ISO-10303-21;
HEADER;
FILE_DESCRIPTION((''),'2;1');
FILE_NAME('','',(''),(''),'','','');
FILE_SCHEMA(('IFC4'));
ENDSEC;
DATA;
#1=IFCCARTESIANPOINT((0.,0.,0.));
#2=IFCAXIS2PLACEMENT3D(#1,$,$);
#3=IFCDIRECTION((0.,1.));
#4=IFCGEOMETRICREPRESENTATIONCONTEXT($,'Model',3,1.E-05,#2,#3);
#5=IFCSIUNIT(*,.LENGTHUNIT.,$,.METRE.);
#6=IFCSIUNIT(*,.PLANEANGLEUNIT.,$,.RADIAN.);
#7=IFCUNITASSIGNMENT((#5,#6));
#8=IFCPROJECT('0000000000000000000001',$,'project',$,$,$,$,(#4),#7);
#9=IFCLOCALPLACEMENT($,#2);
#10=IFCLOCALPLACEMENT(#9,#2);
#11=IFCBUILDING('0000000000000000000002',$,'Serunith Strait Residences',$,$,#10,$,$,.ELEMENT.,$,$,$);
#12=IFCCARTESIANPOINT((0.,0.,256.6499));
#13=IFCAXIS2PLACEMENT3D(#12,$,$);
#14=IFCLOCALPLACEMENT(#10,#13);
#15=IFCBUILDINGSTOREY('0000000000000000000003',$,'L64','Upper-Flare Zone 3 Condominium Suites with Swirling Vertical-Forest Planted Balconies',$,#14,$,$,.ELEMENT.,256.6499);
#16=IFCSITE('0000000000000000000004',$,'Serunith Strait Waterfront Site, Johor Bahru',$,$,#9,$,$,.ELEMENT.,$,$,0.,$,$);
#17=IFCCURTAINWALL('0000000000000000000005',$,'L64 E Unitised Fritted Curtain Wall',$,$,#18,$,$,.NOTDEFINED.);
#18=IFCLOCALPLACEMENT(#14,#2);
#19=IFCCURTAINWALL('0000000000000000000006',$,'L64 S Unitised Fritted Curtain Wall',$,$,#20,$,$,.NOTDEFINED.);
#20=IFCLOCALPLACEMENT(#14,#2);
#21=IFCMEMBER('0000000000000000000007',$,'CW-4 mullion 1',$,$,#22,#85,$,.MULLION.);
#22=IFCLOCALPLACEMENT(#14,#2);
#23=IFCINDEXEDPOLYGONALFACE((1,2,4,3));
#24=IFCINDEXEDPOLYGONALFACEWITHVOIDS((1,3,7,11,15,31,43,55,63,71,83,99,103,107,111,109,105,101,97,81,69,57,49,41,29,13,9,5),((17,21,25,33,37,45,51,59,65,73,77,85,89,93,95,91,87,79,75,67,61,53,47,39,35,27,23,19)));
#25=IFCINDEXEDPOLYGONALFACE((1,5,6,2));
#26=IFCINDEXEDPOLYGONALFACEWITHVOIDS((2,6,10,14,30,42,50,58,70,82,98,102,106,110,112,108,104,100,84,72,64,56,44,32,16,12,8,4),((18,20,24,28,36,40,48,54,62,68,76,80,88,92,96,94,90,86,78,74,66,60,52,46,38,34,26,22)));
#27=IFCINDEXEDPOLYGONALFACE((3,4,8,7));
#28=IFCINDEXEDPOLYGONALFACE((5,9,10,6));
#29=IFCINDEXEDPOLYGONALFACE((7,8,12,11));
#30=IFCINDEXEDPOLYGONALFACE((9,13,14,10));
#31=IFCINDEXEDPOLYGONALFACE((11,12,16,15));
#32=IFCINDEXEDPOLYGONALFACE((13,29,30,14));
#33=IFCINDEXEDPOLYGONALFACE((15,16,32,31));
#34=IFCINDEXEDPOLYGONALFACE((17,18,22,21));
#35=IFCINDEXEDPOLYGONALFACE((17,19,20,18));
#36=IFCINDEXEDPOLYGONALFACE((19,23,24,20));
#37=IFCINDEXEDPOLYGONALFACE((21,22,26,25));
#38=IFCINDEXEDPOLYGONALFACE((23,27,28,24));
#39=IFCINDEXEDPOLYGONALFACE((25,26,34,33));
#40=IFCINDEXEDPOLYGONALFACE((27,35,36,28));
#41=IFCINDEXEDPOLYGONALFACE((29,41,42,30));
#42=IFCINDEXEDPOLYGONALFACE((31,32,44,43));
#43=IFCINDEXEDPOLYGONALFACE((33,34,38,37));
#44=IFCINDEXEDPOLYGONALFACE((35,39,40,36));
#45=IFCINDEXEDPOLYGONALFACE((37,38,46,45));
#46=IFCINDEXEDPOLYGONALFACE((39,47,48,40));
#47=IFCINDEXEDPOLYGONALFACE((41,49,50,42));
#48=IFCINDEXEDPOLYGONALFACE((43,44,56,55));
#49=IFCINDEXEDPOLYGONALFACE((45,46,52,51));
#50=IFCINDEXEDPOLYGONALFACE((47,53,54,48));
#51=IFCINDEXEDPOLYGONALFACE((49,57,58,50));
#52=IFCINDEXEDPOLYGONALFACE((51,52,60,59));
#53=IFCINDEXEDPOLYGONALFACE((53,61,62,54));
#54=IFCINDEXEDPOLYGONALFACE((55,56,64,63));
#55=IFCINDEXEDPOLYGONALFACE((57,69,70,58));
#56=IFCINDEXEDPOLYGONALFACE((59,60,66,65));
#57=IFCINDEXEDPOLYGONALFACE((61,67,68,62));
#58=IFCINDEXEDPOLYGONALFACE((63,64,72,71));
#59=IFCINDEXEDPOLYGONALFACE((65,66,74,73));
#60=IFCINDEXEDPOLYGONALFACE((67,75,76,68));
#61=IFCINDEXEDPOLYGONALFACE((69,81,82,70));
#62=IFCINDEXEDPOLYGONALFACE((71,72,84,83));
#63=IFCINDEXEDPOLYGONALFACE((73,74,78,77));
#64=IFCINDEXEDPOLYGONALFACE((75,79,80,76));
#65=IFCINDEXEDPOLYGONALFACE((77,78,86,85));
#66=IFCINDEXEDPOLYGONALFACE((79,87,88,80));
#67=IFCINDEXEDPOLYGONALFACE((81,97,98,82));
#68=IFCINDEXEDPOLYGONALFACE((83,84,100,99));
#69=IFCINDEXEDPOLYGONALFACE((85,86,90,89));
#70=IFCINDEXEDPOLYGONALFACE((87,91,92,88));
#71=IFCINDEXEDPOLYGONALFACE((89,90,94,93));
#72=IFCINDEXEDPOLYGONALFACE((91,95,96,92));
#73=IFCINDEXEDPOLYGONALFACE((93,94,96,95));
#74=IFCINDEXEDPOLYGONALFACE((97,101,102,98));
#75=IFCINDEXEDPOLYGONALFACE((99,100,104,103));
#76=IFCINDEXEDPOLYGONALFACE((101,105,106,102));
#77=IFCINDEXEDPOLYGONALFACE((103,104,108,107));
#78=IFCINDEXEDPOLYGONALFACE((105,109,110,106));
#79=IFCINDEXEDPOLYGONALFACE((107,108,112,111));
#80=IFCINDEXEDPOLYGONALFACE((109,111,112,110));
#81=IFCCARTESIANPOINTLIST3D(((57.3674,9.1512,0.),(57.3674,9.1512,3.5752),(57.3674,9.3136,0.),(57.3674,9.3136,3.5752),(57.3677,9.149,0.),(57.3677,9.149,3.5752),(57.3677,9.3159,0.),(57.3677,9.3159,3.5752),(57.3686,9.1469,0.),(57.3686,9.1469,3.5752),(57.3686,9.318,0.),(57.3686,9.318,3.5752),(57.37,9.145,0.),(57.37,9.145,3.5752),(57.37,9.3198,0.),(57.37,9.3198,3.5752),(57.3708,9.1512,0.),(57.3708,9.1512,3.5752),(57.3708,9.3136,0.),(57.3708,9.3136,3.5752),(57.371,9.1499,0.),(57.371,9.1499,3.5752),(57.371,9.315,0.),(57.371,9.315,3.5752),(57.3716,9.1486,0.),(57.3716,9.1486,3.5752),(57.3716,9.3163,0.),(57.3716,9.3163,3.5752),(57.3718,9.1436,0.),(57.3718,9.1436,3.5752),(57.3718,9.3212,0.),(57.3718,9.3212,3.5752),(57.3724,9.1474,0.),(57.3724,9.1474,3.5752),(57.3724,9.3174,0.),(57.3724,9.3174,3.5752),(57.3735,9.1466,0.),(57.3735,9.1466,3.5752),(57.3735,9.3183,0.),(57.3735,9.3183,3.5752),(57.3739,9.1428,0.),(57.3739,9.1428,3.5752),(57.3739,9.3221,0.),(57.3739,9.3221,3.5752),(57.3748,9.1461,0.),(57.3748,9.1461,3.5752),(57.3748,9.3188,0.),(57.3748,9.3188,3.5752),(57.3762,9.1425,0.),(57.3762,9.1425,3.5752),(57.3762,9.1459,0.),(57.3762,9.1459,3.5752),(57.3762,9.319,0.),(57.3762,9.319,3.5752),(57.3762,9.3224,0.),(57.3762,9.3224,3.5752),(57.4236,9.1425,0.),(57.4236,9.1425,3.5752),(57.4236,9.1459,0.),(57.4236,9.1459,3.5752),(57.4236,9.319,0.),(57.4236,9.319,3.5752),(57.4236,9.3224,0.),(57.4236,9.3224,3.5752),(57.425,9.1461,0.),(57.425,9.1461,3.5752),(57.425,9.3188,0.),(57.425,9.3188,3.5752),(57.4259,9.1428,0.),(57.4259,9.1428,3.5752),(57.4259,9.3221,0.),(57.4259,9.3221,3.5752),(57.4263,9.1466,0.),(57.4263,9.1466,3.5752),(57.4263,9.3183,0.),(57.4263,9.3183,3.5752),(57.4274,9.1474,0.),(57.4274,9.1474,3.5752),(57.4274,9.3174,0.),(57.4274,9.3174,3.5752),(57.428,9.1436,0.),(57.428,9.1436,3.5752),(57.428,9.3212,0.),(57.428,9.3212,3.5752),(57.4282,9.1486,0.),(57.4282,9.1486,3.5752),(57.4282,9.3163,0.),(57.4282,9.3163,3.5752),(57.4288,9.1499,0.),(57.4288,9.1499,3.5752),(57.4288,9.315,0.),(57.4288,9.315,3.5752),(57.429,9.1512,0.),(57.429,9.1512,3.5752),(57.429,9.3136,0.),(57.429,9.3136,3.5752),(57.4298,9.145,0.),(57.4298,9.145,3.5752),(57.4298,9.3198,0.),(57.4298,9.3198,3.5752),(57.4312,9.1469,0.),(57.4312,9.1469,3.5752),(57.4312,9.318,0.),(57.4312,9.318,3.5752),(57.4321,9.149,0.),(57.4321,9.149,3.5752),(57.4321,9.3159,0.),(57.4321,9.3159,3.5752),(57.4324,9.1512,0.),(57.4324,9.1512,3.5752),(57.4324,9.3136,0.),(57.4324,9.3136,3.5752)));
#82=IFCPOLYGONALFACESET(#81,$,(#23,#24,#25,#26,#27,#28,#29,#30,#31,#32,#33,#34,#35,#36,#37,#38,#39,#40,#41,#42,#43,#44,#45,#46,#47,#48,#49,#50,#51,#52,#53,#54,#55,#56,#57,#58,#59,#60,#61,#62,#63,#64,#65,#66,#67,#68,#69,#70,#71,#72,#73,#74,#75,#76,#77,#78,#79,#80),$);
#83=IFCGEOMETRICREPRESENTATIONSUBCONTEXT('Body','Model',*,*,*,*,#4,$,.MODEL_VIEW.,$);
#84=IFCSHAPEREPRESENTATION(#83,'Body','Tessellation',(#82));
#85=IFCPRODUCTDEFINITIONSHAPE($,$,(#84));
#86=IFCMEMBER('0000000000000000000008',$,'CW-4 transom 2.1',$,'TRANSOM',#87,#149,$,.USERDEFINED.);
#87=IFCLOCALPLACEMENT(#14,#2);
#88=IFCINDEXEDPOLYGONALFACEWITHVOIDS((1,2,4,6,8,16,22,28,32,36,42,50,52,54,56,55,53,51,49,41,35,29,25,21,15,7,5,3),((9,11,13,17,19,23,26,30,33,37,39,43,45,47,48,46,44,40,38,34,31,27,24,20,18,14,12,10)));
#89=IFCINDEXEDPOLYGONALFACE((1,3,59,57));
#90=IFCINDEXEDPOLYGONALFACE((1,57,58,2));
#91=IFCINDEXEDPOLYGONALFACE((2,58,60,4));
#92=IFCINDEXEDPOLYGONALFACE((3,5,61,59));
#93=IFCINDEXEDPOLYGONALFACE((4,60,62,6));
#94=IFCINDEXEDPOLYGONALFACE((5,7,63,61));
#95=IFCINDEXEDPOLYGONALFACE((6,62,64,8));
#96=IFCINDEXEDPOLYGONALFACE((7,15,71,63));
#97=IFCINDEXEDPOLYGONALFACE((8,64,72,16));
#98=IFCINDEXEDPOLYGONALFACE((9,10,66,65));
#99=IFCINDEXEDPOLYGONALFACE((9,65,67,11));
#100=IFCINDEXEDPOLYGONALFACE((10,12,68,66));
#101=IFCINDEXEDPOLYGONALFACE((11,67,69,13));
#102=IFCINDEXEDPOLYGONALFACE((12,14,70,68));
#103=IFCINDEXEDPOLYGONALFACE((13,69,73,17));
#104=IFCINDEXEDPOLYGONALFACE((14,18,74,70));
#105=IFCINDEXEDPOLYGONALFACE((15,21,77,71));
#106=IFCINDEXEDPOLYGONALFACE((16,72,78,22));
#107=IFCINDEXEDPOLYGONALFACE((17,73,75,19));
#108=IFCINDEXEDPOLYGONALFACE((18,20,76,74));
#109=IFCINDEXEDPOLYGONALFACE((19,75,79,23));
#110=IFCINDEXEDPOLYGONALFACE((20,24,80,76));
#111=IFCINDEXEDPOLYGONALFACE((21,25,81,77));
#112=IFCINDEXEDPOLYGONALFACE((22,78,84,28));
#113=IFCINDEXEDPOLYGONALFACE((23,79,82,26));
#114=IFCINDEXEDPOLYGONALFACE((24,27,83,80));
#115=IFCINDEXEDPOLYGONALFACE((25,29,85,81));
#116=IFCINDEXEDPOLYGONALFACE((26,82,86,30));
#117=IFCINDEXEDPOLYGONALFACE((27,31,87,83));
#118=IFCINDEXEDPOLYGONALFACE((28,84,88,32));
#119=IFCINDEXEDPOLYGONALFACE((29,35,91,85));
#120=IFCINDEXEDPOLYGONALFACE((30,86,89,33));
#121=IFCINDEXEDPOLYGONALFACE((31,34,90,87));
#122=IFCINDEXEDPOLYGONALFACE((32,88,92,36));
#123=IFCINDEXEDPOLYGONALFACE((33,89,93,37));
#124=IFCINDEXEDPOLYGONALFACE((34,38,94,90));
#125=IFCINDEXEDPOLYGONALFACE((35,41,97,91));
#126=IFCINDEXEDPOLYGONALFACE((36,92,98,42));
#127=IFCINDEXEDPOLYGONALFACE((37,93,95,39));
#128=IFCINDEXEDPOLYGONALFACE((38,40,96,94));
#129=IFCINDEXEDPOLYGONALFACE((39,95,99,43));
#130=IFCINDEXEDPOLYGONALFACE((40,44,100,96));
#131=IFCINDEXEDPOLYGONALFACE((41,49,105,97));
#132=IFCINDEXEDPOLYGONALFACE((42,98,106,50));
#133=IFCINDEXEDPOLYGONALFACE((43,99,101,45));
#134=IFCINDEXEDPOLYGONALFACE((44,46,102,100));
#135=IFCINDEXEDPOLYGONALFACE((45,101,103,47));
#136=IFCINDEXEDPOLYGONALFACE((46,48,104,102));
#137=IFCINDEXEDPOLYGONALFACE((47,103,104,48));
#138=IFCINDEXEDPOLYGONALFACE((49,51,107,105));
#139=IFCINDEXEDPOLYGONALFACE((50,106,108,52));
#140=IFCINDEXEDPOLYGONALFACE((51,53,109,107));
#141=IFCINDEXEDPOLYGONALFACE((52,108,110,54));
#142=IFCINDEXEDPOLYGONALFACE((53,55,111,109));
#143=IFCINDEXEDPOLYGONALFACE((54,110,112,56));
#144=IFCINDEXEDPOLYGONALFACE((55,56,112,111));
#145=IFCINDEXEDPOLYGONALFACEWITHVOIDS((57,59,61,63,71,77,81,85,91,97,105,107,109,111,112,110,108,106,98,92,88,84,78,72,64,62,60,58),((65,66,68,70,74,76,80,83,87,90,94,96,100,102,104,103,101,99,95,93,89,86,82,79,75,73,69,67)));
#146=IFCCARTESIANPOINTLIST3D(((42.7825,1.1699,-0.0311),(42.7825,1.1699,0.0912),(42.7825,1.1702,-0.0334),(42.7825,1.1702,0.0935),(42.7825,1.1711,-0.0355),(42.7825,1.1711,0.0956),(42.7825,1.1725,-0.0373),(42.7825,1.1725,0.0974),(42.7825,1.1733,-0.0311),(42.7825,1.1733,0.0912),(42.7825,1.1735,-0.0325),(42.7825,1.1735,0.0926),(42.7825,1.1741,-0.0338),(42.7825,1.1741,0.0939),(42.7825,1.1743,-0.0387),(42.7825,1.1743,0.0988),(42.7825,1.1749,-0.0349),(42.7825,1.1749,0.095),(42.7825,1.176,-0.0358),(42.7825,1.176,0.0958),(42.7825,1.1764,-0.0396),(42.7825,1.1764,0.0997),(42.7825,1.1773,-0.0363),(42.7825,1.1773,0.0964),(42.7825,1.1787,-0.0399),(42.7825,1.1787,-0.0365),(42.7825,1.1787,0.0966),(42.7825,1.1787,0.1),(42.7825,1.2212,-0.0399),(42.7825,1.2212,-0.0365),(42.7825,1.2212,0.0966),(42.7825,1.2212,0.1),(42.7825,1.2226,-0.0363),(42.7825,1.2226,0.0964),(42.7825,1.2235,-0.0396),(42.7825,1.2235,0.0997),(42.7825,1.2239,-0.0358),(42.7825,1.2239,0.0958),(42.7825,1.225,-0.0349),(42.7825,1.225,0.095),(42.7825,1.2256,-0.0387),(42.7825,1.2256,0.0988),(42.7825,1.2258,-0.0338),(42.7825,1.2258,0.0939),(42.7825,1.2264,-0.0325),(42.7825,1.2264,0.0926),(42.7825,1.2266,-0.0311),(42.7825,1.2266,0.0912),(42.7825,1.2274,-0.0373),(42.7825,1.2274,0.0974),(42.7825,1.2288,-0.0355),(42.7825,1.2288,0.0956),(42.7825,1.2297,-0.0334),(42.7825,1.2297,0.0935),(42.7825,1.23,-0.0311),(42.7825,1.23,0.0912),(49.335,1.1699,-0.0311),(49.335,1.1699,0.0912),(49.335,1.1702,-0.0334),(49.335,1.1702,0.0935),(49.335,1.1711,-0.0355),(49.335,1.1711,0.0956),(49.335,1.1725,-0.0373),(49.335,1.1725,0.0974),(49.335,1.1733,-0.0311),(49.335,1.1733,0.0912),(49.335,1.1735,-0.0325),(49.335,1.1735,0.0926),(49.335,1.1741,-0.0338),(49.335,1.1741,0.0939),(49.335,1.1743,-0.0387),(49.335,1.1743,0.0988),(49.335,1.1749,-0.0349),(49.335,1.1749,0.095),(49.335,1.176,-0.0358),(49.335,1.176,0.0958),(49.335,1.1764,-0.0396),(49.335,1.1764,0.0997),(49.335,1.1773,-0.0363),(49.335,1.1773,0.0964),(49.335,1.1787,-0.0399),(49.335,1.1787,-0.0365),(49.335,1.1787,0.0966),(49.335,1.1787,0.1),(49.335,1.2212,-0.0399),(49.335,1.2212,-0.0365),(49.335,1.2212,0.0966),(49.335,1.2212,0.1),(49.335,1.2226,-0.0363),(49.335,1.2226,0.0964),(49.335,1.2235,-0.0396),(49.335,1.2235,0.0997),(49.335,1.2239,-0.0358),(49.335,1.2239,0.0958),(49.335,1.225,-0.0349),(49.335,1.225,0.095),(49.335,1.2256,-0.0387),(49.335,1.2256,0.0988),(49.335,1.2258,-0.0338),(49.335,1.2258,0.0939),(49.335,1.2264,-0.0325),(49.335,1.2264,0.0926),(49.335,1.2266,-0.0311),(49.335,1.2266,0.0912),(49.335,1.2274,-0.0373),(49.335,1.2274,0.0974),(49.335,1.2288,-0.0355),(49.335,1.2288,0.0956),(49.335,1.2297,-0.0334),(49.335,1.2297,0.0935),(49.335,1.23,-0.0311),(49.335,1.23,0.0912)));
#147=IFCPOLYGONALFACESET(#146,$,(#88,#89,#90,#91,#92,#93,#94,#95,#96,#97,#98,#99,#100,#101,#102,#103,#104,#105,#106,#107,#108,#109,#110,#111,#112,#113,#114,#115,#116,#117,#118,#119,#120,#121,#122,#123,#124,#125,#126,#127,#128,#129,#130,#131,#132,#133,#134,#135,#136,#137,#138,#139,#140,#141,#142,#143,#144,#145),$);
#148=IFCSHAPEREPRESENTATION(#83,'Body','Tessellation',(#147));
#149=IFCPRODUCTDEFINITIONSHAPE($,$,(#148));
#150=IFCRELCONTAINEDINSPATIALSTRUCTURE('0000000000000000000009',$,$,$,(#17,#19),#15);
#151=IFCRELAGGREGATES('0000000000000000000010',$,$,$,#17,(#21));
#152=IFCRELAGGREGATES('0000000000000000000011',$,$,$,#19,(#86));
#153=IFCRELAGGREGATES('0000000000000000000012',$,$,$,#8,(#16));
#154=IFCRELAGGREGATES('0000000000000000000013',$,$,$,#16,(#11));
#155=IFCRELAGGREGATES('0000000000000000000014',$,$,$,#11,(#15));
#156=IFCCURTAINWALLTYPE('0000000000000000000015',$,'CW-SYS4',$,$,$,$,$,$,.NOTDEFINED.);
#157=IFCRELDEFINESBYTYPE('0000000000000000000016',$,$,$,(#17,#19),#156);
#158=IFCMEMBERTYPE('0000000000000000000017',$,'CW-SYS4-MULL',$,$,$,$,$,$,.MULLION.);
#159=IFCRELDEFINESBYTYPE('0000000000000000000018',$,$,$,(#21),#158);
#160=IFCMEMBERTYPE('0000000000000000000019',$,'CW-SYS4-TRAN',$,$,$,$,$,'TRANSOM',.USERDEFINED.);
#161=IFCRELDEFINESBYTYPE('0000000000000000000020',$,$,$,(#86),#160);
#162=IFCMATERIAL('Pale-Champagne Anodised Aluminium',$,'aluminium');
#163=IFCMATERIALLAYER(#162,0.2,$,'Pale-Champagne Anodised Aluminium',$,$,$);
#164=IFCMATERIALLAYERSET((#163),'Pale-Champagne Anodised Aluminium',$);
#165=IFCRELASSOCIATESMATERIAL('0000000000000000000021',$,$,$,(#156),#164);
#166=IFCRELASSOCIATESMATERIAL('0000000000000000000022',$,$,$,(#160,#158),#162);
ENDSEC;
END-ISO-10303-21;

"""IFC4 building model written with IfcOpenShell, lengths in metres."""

from ifc_helpers import new_model, si_unit, direction, frame, origin, origin_2d, place, context, subcontext, project, spatial, hollow_rectangle, extrude, source, transform, mapped, material, layer, layer_set, material_profile, profile_set, type_object, element, aggregate, save


model = new_model("IFC4")

# Units and contexts
model_context = context("Model", 3, precision=1e-05, world=origin(), true_north=direction((0.0, 1.0)))
body_context = subcontext(model_context, "Body", "Model", "MODEL_VIEW")
ifc_project = project(units=[si_unit("LENGTHUNIT", "METRE"), si_unit("PLANEANGLEUNIT", "RADIAN")], contexts=[model_context])

# Site, building, storey
site_placement = place(None, origin())
site = spatial("IfcSite", under=ifc_project, at=site_placement, Name="Serunith Strait Waterfront Site, Johor Bahru", CompositionType="ELEMENT", RefElevation=0.0)
building_placement = place(site_placement, origin())
building = spatial("IfcBuilding", under=site, at=building_placement, Name="Serunith Strait Residences", CompositionType="ELEMENT")
storey_placement = place(building_placement, frame((0.0, 0.0, 256.6499)))
storey = spatial("IfcBuildingStorey", under=building, at=storey_placement, Name="L64", Description="Upper-Flare Zone 3 Condominium Suites with Swirling Vertical-Forest Planted Balconies", CompositionType="ELEMENT", Elevation=256.6499)

# Curtain walls
ifc_material_1 = material(Name="Pale-Champagne Anodised Aluminium", Category="aluminium")
ifc_layer_1 = layer(ifc_material_1, 0.2, Name="Pale-Champagne Anodised Aluminium")
ifc_layer_set_1 = layer_set([ifc_layer_1], Name="Pale-Champagne Anodised Aluminium")
curtain_wall_type = type_object("IfcCurtainWallType", Name="CW-SYS4", PredefinedType="NOTDEFINED", material=ifc_layer_set_1)
curtain_wall_1_placement = place(storey_placement, origin())
curtain_wall_1 = element("IfcCurtainWall", 1, at=curtain_wall_1_placement, inside=storey, type_object=curtain_wall_type, Name="L64 E Unitised Fritted Curtain Wall", PredefinedType="NOTDEFINED")
ifc_material_profile_1 = material_profile(ifc_material_1, hollow_rectangle(XDim=0.0601, YDim=0.1399, WallThickness=0.0034, InnerFilletRadius=0.0054, OuterFilletRadius=0.0088, at=origin_2d()), Name="ALU 140x60x3.5")
ifc_profile_set_1 = profile_set([ifc_material_profile_1], Name="Pale-Champagne Anodised Aluminium")
member_type_1 = type_object("IfcMemberType", Name="CW-SYS4-TRAN", ElementType="TRANSOM", PredefinedType="USERDEFINED", material=ifc_profile_set_1)
curtain_wall_2_placement = place(storey_placement, origin())
curtain_wall_2 = element("IfcCurtainWall", 2, at=curtain_wall_2_placement, inside=storey, type_object=curtain_wall_type, Name="L64 S Unitised Fritted Curtain Wall", PredefinedType="NOTDEFINED")
ifc_material_profile_2 = material_profile(ifc_material_1, hollow_rectangle(XDim=0.0649, YDim=0.1799, WallThickness=0.0034, InnerFilletRadius=0.0054, OuterFilletRadius=0.0088, at=origin_2d()), Name="ALU 180x65x3.5")
ifc_profile_set_2 = profile_set([ifc_material_profile_2], Name="Pale-Champagne Anodised Aluminium")
member_type_2 = type_object("IfcMemberType", Name="CW-SYS4-MULL", PredefinedType="MULLION", material=ifc_profile_set_2)
shared_shape_1 = source(origin(), body_context, "Body", "SweptSolid", [
    extrude(hollow_rectangle(XDim=0.0649, YDim=0.1799, WallThickness=0.0034, InnerFilletRadius=0.0054, OuterFilletRadius=0.0088, at=origin_2d()), origin(), (0.0, 0.0, 1.0), 3.5752),
])

# Members
member_1_placement = place(storey_placement, frame((57.3999, 9.2324, 0.0), z_axis=(0.0, 0.0, 1.0), x_axis=(-1.0, 0.0, 0.0)))
member_1 = element("IfcMember", 3, at=member_1_placement, type_object=member_type_2, Name="CW-4 mullion 1", PredefinedType="MULLION", context=body_context, shape_type="MappedRepresentation", body=[
    mapped(shared_shape_1, transform((0.0, 0.0, 0.0), scale=1.0)),
])
aggregate(curtain_wall_1, [member_1])
shared_shape_2 = source(origin(), body_context, "Body", "SweptSolid", [
    extrude(hollow_rectangle(XDim=0.0601, YDim=0.1399, WallThickness=0.0034, InnerFilletRadius=0.0054, OuterFilletRadius=0.0088, at=origin_2d()), origin(), (0.0, 0.0, 1.0), 6.5525),
])
member_2_placement = place(storey_placement, frame((42.7825, 1.2, 0.03), z_axis=(1.0, 0.0, 0.0), x_axis=(0.0, 1.0, 0.0)))
member_2 = element("IfcMember", 4, at=member_2_placement, type_object=member_type_1, Name="CW-4 transom 2.1", ObjectType="TRANSOM", PredefinedType="USERDEFINED", context=body_context, shape_type="MappedRepresentation", body=[
    mapped(shared_shape_2, transform((0.0, 0.0, 0.0), scale=1.0)),
])

aggregate(curtain_wall_2, [member_2])

save(model, "model.ifc")
